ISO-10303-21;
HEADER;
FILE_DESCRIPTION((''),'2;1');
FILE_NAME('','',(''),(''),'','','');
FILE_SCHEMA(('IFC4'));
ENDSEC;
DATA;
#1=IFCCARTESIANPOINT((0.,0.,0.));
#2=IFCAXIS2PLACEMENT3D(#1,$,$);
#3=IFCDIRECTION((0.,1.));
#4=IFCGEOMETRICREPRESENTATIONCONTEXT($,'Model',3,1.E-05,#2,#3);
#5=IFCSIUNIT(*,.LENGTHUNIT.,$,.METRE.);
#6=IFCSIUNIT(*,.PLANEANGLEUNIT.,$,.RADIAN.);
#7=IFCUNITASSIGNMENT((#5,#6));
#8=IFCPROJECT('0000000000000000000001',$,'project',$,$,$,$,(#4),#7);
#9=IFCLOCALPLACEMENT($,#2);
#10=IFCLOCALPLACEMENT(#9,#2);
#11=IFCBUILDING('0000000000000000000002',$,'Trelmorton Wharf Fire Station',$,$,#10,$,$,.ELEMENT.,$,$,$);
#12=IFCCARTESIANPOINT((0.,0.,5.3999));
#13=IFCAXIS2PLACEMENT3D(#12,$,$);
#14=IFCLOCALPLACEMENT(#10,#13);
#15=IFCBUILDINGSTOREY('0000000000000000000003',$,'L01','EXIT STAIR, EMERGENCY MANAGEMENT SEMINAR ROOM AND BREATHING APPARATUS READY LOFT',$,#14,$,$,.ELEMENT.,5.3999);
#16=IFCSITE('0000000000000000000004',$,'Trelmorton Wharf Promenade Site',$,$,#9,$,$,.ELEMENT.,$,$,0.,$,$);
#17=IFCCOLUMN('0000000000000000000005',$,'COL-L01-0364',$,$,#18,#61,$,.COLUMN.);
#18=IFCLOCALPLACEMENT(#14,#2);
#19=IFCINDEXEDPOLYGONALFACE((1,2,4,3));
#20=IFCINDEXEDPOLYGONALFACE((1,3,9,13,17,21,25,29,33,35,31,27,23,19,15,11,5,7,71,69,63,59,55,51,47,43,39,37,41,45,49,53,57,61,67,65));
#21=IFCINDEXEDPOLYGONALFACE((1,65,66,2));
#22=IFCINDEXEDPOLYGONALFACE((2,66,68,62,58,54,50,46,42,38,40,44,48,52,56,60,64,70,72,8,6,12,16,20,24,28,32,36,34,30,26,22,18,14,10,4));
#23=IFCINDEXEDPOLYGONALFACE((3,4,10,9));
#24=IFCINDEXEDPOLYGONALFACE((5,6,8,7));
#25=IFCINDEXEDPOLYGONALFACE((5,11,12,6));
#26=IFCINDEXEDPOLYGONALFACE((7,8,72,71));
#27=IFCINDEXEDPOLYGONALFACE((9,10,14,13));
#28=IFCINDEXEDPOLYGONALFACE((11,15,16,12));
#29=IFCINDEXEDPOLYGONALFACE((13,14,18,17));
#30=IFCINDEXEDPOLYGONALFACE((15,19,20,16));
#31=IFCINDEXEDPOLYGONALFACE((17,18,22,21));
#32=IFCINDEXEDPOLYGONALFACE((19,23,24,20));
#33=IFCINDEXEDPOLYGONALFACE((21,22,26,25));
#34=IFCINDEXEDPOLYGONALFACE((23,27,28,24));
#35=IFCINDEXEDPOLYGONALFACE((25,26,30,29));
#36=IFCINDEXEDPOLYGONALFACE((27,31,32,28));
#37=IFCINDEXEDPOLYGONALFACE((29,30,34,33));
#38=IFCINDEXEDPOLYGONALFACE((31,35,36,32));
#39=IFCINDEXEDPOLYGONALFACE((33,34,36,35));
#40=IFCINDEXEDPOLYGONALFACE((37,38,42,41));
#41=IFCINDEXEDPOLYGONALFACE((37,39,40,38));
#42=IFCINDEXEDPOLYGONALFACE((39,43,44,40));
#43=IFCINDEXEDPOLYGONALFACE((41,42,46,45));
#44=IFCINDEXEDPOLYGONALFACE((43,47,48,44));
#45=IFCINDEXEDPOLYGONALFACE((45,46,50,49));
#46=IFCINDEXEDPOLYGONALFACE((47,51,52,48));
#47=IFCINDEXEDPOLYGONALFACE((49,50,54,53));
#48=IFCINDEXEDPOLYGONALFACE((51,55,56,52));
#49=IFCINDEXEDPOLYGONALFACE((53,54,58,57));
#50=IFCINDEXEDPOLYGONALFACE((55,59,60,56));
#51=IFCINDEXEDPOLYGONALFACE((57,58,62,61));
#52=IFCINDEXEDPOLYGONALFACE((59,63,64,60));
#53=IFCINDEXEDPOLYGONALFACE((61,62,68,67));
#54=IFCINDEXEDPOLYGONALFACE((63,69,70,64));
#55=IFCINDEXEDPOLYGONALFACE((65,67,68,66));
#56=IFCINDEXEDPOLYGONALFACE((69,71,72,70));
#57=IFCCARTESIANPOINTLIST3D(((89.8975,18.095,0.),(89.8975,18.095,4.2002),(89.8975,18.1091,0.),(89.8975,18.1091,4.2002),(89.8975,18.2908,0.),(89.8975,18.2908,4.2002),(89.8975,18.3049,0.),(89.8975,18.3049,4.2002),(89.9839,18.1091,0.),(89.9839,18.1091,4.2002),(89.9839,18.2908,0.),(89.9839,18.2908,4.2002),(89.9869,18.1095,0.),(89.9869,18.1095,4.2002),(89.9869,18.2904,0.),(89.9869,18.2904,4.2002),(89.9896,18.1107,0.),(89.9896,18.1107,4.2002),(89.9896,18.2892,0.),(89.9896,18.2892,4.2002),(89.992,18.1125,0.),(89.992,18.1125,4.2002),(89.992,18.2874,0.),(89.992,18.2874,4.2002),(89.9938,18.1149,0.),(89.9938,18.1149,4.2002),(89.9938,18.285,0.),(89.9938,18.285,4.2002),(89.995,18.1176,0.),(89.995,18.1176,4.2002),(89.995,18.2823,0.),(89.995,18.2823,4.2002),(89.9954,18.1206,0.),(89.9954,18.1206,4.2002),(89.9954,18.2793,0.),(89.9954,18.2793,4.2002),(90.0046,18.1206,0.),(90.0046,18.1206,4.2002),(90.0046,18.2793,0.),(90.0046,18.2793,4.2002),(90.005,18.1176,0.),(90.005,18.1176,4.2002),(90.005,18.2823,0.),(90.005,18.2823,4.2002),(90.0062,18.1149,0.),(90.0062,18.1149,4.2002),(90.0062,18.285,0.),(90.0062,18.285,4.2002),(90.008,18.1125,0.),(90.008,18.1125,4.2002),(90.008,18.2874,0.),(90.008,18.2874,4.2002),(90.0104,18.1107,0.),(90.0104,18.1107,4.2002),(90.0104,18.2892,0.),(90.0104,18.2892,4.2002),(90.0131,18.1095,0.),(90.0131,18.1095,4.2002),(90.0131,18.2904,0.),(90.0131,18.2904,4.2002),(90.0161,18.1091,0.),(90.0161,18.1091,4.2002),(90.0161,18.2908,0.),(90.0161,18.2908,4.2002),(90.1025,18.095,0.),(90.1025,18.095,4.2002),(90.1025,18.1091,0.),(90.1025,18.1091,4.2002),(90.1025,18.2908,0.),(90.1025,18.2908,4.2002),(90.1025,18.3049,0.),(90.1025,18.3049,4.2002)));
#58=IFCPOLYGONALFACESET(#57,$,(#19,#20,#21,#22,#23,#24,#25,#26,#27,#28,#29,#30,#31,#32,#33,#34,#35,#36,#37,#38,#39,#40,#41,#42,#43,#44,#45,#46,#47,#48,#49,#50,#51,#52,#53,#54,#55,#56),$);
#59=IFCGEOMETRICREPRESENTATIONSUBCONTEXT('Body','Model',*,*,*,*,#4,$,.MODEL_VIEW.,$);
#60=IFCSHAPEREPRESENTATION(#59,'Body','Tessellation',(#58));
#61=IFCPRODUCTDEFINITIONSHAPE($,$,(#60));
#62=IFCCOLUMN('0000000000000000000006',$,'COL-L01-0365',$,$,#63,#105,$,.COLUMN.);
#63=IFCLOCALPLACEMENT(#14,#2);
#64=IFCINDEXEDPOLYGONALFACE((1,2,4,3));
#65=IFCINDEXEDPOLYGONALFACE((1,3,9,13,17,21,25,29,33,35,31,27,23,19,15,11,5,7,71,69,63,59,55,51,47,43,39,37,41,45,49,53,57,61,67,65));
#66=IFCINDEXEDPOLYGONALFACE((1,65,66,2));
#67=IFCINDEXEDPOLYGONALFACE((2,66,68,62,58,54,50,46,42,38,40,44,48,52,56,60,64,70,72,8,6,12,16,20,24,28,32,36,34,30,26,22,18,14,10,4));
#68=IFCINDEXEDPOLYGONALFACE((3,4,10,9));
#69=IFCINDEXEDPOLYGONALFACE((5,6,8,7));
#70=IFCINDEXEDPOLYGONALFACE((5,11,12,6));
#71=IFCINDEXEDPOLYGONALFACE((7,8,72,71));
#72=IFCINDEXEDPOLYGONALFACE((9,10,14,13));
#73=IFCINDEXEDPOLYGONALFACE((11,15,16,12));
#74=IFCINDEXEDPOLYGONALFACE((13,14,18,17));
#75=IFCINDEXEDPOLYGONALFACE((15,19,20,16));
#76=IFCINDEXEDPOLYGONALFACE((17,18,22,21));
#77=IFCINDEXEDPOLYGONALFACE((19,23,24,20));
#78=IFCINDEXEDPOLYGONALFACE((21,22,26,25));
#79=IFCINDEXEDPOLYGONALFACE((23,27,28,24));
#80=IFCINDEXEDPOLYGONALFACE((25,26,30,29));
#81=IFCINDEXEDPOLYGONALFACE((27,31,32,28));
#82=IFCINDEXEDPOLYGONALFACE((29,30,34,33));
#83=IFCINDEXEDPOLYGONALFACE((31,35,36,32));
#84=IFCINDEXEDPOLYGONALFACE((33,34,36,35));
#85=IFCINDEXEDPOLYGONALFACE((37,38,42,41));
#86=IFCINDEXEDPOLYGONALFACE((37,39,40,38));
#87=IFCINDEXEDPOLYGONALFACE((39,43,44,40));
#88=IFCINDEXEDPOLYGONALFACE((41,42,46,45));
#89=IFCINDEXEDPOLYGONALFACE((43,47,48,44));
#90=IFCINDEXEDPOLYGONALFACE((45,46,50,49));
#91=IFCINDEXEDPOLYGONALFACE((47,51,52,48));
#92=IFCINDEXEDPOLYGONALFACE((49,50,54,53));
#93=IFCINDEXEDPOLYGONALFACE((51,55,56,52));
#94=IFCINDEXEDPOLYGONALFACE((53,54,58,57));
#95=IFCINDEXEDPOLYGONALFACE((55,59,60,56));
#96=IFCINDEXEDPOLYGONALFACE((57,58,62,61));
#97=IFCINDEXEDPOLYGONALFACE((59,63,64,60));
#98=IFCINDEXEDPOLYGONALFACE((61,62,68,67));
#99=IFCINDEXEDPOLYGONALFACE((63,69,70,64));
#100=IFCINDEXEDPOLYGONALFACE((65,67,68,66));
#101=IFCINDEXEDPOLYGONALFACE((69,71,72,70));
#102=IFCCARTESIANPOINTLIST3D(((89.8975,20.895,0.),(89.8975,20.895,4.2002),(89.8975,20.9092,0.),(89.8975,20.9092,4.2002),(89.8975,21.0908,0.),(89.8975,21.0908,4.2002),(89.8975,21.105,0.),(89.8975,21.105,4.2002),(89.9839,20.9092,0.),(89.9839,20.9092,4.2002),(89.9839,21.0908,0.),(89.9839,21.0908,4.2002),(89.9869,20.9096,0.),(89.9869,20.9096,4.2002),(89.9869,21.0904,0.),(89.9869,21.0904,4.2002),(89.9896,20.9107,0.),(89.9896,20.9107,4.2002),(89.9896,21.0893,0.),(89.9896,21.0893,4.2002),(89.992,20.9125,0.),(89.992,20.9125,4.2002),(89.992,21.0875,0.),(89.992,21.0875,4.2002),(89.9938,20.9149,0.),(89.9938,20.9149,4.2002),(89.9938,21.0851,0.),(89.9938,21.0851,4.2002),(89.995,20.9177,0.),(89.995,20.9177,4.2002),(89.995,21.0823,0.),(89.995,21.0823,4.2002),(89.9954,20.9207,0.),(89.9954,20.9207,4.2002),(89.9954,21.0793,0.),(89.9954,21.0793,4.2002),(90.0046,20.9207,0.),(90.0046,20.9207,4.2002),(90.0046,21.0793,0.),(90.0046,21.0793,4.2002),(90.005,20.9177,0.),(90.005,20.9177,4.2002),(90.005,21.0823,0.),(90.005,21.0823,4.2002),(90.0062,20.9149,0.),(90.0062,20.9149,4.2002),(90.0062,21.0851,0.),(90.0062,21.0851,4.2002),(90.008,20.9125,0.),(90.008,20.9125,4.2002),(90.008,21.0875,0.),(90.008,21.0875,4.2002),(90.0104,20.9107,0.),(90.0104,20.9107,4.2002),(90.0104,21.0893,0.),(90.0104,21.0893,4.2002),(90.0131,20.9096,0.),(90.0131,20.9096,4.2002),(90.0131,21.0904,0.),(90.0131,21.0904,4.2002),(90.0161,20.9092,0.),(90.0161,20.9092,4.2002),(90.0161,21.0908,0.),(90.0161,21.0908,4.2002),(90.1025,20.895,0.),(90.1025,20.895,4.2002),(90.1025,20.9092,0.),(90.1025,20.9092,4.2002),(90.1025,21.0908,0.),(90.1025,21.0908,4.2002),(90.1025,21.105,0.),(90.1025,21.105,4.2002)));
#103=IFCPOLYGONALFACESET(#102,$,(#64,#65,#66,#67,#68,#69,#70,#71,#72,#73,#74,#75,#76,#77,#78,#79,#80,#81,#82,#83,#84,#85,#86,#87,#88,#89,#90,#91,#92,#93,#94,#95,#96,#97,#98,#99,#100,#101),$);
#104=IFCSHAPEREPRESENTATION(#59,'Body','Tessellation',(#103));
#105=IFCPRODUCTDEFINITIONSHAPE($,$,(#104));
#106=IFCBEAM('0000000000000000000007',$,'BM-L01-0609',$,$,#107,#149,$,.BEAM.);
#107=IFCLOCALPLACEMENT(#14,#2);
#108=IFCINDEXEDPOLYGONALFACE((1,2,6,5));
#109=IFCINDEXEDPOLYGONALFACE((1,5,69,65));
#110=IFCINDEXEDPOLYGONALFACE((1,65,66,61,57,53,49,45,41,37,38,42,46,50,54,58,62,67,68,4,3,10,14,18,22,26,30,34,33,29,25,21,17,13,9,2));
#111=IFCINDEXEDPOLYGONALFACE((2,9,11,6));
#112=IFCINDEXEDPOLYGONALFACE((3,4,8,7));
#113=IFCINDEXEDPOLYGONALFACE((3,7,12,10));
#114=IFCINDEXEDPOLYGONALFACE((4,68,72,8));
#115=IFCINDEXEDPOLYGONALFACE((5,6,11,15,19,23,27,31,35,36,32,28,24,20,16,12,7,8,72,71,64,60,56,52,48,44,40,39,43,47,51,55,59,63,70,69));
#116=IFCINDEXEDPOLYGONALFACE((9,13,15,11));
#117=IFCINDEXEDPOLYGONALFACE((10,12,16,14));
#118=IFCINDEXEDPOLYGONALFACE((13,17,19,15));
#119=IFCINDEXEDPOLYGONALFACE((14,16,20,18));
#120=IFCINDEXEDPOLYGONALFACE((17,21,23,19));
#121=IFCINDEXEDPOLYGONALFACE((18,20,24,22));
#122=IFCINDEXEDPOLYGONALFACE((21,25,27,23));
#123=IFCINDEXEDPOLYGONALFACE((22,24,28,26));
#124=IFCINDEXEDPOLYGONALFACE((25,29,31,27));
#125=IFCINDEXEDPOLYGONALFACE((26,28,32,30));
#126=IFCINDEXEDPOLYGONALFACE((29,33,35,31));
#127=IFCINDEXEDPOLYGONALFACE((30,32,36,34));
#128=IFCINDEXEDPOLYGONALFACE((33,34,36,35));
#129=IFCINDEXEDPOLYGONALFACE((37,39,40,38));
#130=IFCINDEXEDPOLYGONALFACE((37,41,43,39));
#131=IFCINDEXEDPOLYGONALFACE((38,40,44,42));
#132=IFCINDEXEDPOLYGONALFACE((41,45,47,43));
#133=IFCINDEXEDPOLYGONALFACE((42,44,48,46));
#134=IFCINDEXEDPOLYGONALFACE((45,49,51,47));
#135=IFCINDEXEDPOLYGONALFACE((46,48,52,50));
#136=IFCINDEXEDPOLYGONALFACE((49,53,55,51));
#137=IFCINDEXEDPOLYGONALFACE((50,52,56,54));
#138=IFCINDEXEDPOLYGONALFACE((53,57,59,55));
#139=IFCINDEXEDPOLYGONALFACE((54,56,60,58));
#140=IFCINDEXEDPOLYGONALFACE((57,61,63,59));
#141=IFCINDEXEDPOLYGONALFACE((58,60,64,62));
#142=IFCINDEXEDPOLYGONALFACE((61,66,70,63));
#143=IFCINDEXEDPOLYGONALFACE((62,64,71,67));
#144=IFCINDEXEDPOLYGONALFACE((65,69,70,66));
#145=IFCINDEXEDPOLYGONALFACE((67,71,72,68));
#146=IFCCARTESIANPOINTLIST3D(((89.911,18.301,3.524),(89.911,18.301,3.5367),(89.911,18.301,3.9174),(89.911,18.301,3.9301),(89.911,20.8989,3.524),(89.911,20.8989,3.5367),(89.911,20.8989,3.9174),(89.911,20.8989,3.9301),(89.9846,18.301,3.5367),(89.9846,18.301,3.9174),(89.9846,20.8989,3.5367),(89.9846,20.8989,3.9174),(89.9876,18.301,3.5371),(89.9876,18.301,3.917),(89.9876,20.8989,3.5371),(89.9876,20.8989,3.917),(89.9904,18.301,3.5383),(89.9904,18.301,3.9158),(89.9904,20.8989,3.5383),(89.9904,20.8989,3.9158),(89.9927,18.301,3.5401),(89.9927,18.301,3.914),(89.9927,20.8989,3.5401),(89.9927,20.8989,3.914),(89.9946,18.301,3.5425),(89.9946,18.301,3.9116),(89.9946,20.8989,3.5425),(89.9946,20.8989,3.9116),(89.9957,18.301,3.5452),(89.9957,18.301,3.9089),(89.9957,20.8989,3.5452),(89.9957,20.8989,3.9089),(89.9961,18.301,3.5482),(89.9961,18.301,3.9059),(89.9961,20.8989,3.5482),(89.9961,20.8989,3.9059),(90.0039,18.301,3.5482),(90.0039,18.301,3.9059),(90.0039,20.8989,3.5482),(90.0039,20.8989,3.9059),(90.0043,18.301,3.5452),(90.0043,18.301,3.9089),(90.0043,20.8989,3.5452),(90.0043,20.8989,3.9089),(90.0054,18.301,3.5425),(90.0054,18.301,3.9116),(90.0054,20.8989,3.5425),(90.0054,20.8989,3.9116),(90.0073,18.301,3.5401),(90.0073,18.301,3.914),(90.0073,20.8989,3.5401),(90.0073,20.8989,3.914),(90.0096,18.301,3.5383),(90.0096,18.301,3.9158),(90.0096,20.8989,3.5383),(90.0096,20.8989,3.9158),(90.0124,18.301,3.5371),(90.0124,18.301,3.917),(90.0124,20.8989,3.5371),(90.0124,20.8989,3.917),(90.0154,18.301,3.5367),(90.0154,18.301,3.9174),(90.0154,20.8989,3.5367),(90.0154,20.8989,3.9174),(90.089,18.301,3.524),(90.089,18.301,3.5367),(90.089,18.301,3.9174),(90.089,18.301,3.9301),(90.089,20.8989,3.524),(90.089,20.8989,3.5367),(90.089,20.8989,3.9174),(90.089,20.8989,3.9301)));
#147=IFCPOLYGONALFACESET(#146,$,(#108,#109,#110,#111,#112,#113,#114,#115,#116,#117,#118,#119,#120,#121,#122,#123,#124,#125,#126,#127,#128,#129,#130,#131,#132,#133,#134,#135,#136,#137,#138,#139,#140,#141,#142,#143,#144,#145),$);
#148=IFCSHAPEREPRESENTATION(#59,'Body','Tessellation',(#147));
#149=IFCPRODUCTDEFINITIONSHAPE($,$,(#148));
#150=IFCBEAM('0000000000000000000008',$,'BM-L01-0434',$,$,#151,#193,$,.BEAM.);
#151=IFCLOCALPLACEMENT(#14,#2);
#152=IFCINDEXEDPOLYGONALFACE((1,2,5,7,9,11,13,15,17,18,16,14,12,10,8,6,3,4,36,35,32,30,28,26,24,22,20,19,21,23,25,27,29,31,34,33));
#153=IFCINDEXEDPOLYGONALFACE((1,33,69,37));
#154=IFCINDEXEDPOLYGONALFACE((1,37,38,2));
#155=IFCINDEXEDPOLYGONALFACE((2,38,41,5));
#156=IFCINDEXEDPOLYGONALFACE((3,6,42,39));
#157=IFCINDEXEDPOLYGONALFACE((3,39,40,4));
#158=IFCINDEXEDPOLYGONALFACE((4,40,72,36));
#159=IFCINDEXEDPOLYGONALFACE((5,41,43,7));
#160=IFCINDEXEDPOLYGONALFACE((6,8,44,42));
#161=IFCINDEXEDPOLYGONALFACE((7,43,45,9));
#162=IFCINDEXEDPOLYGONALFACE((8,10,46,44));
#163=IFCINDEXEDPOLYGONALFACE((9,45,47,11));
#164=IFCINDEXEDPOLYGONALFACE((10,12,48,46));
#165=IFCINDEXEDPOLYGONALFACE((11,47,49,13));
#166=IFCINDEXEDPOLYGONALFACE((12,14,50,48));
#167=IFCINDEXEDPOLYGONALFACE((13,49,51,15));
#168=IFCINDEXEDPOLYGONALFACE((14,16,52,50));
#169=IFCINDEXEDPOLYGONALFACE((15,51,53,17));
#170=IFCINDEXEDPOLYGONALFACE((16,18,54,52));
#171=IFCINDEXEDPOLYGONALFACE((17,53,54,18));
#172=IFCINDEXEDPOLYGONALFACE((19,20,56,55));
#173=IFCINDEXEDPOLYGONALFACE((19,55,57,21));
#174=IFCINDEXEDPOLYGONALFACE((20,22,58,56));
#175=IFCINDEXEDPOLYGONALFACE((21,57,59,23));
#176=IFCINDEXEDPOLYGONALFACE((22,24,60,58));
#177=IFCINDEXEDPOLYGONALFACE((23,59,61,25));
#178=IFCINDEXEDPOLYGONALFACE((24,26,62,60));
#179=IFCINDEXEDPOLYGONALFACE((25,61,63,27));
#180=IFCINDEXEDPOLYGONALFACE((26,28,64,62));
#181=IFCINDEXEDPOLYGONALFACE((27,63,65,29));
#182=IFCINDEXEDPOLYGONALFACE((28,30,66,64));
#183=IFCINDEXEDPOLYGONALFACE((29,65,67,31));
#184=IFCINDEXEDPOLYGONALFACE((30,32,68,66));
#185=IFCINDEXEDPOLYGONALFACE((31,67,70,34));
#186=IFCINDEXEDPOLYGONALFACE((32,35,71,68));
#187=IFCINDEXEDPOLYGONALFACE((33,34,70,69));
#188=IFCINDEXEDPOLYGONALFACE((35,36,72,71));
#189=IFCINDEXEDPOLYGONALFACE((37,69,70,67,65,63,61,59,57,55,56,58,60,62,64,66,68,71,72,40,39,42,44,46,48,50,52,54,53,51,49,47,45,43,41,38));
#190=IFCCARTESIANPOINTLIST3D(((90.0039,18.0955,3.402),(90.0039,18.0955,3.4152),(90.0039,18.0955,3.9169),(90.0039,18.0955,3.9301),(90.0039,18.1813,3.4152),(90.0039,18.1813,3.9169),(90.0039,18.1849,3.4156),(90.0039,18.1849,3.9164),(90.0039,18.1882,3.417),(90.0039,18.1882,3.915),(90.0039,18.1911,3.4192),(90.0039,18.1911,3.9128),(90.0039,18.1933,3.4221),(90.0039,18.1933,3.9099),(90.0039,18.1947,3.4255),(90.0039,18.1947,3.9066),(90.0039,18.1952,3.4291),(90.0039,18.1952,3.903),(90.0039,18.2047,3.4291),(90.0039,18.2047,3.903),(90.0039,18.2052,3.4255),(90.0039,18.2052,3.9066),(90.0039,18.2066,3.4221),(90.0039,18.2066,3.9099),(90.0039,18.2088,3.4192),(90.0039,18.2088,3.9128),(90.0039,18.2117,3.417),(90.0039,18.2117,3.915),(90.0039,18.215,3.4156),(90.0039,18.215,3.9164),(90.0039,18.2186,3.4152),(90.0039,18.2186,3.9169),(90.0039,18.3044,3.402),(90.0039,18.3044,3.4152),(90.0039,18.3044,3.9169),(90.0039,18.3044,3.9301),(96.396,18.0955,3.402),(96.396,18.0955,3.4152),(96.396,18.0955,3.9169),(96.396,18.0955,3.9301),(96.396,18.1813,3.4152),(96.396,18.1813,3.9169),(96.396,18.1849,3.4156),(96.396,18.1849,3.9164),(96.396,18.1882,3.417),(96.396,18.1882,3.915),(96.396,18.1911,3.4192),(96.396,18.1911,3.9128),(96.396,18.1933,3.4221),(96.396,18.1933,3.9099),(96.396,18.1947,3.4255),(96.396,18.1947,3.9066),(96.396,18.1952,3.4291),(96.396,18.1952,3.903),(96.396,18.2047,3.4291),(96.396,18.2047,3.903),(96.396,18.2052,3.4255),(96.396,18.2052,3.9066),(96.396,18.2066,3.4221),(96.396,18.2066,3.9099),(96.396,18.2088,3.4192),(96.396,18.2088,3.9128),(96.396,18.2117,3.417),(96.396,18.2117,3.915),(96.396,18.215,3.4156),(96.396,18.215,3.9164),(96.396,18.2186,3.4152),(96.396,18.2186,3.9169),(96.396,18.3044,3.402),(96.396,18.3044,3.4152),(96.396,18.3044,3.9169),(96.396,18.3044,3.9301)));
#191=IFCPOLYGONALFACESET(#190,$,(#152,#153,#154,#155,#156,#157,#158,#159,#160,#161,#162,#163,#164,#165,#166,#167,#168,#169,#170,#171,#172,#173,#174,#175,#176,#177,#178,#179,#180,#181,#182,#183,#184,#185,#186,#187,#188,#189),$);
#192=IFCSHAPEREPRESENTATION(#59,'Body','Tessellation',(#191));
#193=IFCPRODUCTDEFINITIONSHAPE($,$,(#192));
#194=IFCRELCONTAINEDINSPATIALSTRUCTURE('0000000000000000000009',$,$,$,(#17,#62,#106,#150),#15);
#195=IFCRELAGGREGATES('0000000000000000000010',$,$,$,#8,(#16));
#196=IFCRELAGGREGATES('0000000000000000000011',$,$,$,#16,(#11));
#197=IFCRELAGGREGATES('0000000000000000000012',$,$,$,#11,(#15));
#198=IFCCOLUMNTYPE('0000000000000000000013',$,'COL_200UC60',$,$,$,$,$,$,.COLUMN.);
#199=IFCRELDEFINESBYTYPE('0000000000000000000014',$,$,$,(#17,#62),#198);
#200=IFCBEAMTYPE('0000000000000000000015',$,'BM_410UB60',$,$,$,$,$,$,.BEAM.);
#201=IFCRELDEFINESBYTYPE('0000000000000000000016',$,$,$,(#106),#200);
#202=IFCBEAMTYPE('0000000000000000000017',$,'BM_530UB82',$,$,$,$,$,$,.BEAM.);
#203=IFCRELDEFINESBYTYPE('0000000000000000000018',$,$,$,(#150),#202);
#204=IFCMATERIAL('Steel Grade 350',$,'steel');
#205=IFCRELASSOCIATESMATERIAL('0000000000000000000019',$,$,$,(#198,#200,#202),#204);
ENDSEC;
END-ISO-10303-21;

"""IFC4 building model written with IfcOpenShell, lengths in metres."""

from ifc_helpers import new_model, si_unit, direction, frame, origin, origin_2d, place, context, subcontext, project, spatial, i_section, extrude, material, material_profile, profile_set, type_object, element, save


model = new_model("IFC4")

# Units and contexts
model_context = context("Model", 3, precision=1e-05, world=origin(), true_north=direction((0.0, 1.0)))
body_context = subcontext(model_context, "Body", "Model", "MODEL_VIEW")
ifc_project = project(units=[si_unit("LENGTHUNIT", "METRE"), si_unit("PLANEANGLEUNIT", "RADIAN")], contexts=[model_context])

# Site, building, storey
site_placement = place(None, origin())
site = spatial("IfcSite", under=ifc_project, at=site_placement, Name="Trelmorton Wharf Promenade Site", CompositionType="ELEMENT", RefElevation=0.0)
building_placement = place(site_placement, origin())
building = spatial("IfcBuilding", under=site, at=building_placement, Name="Trelmorton Wharf Fire Station", CompositionType="ELEMENT")
storey_placement = place(building_placement, frame((0.0, 0.0, 5.3999)))
storey = spatial("IfcBuildingStorey", under=building, at=storey_placement, Name="L01", Description="EXIT STAIR, EMERGENCY MANAGEMENT SEMINAR ROOM AND BREATHING APPARATUS READY LOFT", CompositionType="ELEMENT", Elevation=5.3999)

# Columns
ifc_material_1 = material(Name="Steel Grade 350", Category="steel")
ifc_material_profile_1 = material_profile(ifc_material_1, i_section(OverallWidth=0.2051, OverallDepth=0.21, WebThickness=0.0093, FlangeThickness=0.0142, FilletRadius=0.0115, at=origin_2d()), Name="200UC59.5")
ifc_profile_set_1 = profile_set([ifc_material_profile_1], Name="Steel Grade 350")
column_type = type_object("IfcColumnType", Name="COL_200UC60", PredefinedType="COLUMN", material=ifc_profile_set_1)
for number, where, z_axis, x_axis, name in (
    (1, (90.0, 18.2, 0.0), (0.0, 0.0, 1.0), (1.0, 0.0, 0.0), "COL-L01-0364"),
    (2, (90.0, 21.0, 0.0), (0.0, 0.0, 1.0), (1.0, 0.0, 0.0), "COL-L01-0365"),
):
    element("IfcColumn", number, at=place(storey_placement, frame(where, z_axis=z_axis, x_axis=x_axis)), inside=storey, type_object=column_type, Name=name, PredefinedType="COLUMN", context=body_context, shape_type="SweptSolid", body=[
        extrude(i_section(OverallWidth=0.2051, OverallDepth=0.21, WebThickness=0.0093, FlangeThickness=0.0142, FilletRadius=0.0115, at=origin_2d()), origin(), (0.0, 0.0, 1.0), 4.2002),
    ])

# Beams
ifc_material_profile_2 = material_profile(ifc_material_1, i_section(OverallWidth=0.178, OverallDepth=0.406, WebThickness=0.0078, FlangeThickness=0.0127, FilletRadius=0.0115, at=origin_2d()), Name="410UB59.7")
ifc_profile_set_2 = profile_set([ifc_material_profile_2], Name="Steel Grade 350")
beam_type_1 = type_object("IfcBeamType", Name="BM_410UB60", PredefinedType="BEAM", material=ifc_profile_set_2)
beam_placement = place(storey_placement, frame((90.0, 18.301, 3.7271), z_axis=(0.0, 1.0, 0.0), x_axis=(-1.0, 0.0, 0.0)))
element("IfcBeam", 3, at=beam_placement, inside=storey, type_object=beam_type_1, Name="BM-L01-0609", PredefinedType="BEAM", context=body_context, shape_type="SweptSolid", body=[
    extrude(i_section(OverallWidth=0.178, OverallDepth=0.406, WebThickness=0.0078, FlangeThickness=0.0127, FilletRadius=0.0115, at=origin_2d()), origin(), (0.0, 0.0, 1.0), 2.5979),
])
ifc_material_profile_3 = material_profile(ifc_material_1, i_section(OverallWidth=0.209, OverallDepth=0.5281, WebThickness=0.0095, FlangeThickness=0.0132, FilletRadius=0.0139, at=origin_2d()), Name="530UB82.0")
ifc_profile_set_3 = profile_set([ifc_material_profile_3], Name="Steel Grade 350")
beam_type_2 = type_object("IfcBeamType", Name="BM_530UB82", PredefinedType="BEAM", material=ifc_profile_set_3)
for number, where, z_axis, x_axis, name in (
    (4, (90.0039, 18.2, 3.666), (1.0, 0.0, 0.0), (0.0, 1.0, 0.0), "BM-L01-0434"),
):
    element("IfcBeam", number, at=place(storey_placement, frame(where, z_axis=z_axis, x_axis=x_axis)), inside=storey, type_object=beam_type_2, Name=name, PredefinedType="BEAM", context=body_context, shape_type="SweptSolid", body=[
        extrude(i_section(OverallWidth=0.209, OverallDepth=0.5281, WebThickness=0.0095, FlangeThickness=0.0132, FilletRadius=0.0139, at=origin_2d()), origin(), (0.0, 0.0, 1.0), 6.3921),
    ])

save(model, "model.ifc")
